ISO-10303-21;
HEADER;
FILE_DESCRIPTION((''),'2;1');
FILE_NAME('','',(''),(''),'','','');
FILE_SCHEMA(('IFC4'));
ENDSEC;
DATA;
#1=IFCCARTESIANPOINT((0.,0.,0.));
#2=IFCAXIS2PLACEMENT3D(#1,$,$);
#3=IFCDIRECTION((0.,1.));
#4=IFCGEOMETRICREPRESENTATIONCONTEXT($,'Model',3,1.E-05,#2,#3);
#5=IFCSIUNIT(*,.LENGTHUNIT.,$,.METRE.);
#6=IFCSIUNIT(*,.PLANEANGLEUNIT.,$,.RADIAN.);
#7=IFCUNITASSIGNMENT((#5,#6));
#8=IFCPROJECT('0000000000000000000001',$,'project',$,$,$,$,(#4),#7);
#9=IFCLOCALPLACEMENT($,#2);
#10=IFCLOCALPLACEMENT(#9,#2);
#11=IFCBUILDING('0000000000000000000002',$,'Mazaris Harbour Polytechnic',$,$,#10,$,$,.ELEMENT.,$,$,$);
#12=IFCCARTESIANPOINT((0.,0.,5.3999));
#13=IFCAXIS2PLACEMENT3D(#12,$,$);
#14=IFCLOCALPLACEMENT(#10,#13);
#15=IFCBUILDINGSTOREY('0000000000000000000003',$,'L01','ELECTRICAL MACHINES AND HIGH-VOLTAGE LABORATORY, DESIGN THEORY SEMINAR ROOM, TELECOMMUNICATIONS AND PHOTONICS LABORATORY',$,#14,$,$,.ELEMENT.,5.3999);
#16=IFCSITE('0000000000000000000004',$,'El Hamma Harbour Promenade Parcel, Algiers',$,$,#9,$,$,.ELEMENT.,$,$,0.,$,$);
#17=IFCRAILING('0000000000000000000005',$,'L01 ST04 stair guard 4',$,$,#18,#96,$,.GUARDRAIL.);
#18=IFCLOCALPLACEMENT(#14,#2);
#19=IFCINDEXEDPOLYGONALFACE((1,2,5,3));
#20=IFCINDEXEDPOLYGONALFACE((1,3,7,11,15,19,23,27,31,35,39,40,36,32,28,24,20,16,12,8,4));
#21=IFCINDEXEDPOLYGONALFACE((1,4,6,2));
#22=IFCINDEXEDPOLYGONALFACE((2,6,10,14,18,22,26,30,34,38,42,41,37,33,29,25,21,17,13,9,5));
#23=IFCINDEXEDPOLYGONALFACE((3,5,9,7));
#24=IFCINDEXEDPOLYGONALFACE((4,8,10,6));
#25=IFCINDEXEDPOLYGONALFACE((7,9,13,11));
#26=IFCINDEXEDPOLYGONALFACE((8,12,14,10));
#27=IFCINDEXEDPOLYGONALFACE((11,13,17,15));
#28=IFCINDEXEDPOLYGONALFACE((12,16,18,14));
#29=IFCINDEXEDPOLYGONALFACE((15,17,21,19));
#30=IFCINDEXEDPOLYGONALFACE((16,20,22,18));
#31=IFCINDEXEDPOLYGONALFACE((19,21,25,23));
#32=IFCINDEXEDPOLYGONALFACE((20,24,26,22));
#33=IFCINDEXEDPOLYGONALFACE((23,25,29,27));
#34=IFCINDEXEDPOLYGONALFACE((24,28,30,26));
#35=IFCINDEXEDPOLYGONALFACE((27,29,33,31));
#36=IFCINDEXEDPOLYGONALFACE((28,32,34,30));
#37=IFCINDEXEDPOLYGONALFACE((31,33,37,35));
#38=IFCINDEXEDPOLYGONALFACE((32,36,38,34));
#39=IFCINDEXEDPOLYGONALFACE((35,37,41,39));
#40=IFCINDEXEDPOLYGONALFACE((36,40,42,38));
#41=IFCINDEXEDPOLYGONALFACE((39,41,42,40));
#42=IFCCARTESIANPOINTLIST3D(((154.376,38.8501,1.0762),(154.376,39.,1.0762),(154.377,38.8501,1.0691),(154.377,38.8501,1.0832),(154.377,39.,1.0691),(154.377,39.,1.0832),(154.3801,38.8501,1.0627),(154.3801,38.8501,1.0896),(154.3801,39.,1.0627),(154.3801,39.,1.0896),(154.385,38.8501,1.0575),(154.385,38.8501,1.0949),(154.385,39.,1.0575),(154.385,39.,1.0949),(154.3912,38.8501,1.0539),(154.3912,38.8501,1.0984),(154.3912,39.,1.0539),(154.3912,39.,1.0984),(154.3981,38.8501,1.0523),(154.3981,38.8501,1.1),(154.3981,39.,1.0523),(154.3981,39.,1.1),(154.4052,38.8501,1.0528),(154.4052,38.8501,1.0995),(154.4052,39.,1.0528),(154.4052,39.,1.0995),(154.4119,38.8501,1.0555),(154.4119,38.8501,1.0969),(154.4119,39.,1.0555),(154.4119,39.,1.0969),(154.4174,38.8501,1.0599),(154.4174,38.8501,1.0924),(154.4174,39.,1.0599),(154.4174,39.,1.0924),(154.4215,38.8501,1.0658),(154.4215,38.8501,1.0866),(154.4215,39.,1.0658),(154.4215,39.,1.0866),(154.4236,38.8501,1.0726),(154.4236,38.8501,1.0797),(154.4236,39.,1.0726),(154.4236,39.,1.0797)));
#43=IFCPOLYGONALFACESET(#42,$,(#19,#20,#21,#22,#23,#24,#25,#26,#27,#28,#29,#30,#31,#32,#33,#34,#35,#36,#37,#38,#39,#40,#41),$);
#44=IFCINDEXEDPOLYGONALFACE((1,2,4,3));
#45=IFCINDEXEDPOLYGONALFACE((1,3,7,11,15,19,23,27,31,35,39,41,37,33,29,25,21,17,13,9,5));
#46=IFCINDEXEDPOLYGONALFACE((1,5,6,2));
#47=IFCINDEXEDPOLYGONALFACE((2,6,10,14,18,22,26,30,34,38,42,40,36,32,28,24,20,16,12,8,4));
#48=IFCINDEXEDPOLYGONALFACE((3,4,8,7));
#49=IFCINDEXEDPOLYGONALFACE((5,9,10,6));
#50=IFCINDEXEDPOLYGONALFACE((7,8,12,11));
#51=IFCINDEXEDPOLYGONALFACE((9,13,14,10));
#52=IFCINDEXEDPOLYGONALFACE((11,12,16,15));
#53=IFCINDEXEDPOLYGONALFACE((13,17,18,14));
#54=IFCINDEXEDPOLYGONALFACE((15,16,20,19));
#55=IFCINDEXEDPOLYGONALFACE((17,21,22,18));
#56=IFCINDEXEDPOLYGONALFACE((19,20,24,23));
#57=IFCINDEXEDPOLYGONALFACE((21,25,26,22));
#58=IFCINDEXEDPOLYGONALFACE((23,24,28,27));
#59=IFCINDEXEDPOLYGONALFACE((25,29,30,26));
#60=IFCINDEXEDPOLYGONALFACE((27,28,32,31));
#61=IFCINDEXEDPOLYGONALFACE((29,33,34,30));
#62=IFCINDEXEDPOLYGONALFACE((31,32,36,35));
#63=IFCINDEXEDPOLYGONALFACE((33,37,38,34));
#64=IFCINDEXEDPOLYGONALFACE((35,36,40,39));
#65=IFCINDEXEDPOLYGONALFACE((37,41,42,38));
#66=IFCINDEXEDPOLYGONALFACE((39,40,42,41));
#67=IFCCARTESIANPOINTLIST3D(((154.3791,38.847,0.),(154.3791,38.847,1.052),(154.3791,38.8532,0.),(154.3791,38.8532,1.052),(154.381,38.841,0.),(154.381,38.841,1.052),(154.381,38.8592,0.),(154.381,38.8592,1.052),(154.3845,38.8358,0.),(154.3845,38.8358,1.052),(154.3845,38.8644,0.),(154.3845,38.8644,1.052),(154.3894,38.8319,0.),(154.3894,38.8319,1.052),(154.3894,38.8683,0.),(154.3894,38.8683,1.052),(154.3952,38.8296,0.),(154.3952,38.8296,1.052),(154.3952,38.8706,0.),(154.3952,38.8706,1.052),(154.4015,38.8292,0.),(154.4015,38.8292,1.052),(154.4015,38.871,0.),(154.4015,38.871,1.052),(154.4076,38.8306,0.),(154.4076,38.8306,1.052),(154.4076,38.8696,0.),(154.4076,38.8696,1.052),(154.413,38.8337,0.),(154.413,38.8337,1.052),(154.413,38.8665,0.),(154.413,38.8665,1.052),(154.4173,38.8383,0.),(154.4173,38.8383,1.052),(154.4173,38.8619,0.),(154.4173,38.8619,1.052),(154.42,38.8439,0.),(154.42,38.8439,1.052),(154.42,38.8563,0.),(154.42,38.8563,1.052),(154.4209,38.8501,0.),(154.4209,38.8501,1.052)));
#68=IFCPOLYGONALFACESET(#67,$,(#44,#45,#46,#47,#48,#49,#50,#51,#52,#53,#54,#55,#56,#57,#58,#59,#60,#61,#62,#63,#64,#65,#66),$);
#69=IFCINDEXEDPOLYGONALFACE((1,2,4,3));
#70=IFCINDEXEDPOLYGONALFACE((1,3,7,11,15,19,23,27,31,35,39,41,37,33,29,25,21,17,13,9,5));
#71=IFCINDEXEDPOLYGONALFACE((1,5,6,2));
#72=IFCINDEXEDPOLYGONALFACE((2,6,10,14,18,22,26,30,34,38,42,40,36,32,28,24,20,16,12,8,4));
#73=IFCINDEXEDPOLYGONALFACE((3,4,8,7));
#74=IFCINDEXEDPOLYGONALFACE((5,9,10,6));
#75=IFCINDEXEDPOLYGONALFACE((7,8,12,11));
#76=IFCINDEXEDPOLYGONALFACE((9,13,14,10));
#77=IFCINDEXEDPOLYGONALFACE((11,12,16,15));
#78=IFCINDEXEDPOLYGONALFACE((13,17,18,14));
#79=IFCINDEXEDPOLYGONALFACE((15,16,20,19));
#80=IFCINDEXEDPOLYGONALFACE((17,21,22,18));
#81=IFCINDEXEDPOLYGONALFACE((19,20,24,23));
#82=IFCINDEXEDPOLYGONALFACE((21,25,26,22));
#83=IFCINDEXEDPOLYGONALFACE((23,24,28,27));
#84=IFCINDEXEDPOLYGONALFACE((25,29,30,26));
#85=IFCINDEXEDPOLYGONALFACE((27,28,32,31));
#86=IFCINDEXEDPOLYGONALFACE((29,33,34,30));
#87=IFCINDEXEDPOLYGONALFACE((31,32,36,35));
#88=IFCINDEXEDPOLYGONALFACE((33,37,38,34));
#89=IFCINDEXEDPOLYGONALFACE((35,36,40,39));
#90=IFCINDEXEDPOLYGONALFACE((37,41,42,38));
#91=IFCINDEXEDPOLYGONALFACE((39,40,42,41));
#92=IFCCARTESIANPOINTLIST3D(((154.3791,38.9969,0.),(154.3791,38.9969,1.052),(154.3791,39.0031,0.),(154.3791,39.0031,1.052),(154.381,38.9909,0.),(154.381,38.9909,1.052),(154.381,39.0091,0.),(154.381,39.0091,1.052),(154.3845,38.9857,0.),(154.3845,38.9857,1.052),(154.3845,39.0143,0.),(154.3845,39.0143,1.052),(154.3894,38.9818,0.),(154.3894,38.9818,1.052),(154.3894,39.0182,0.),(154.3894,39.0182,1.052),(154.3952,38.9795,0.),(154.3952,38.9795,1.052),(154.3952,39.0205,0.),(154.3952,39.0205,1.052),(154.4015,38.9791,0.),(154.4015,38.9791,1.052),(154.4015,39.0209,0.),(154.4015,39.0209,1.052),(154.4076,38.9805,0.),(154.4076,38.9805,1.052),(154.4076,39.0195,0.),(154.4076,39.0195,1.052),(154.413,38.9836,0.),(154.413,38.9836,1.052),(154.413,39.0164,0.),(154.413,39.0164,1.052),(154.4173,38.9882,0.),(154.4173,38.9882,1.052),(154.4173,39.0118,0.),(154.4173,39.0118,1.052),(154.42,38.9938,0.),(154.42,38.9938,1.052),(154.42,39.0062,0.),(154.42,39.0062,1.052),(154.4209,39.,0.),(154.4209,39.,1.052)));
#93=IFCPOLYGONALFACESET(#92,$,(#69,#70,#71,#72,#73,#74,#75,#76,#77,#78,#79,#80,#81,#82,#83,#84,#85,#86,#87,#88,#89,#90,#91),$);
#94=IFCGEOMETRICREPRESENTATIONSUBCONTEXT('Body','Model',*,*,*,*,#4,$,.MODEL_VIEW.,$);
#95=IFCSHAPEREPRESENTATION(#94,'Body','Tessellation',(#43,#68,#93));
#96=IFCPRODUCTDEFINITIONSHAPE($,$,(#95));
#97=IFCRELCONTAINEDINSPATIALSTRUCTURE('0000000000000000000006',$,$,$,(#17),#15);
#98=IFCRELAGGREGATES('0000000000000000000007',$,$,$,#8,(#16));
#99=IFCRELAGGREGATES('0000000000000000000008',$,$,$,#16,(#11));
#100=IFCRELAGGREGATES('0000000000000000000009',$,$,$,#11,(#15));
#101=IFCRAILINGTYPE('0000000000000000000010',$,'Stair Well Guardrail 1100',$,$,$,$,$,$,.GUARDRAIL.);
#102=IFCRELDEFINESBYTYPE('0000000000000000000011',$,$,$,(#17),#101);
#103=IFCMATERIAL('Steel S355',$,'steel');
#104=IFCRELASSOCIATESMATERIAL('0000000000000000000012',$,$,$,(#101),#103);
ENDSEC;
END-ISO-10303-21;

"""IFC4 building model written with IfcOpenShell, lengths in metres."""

from ifc_helpers import new_model, si_unit, direction, frame, origin, origin_2d, place, context, subcontext, project, spatial, circle, extrude, material, type_object, element, save


model = new_model("IFC4")

# Units and contexts
model_context = context("Model", 3, precision=1e-05, world=origin(), true_north=direction((0.0, 1.0)))
body_context = subcontext(model_context, "Body", "Model", "MODEL_VIEW")
ifc_project = project(units=[si_unit("LENGTHUNIT", "METRE"), si_unit("PLANEANGLEUNIT", "RADIAN")], contexts=[model_context])

# Site, building, storey
site_placement = place(None, origin())
site = spatial("IfcSite", under=ifc_project, at=site_placement, Name="El Hamma Harbour Promenade Parcel, Algiers", CompositionType="ELEMENT", RefElevation=0.0)
building_placement = place(site_placement, origin())
building = spatial("IfcBuilding", under=site, at=building_placement, Name="Mazaris Harbour Polytechnic", CompositionType="ELEMENT")
storey_placement = place(building_placement, frame((0.0, 0.0, 5.3999)))
storey = spatial("IfcBuildingStorey", under=building, at=storey_placement, Name="L01", Description="ELECTRICAL MACHINES AND HIGH-VOLTAGE LABORATORY, DESIGN THEORY SEMINAR ROOM, TELECOMMUNICATIONS AND PHOTONICS LABORATORY", CompositionType="ELEMENT", Elevation=5.3999)

# Railing
ifc_material_1 = material(Name="Steel S355", Category="steel")
railing_type_1 = type_object("IfcRailingType", Name="Stair Well Guardrail 1100", PredefinedType="GUARDRAIL", material=ifc_material_1)
railing_1_placement = place(storey_placement, frame((154.3999, 38.8501, 0.0)))
element("IfcRailing", 1, at=railing_1_placement, inside=storey, type_object=railing_type_1, Name="L01 ST04 stair guard 4", PredefinedType="GUARDRAIL", context=body_context, shape_type="SweptSolid", body=[
    extrude(circle(Radius=0.0239, at=origin_2d()), frame((0.0, 0.0, 1.0762), z_axis=(0.0, 1.0, 0.0), x_axis=(-1.0, 0.0, 0.0)), (0.0, 0.0, 1.0), 0.1499),
    extrude(circle(Radius=0.021, at=origin_2d()), origin(), (0.0, 0.0, 1.0), 1.052),
    extrude(circle(Radius=0.021, at=origin_2d()), frame((0.0, 0.1499, 0.0)), (0.0, 0.0, 1.0), 1.052),
])

save(model, "model.ifc")
